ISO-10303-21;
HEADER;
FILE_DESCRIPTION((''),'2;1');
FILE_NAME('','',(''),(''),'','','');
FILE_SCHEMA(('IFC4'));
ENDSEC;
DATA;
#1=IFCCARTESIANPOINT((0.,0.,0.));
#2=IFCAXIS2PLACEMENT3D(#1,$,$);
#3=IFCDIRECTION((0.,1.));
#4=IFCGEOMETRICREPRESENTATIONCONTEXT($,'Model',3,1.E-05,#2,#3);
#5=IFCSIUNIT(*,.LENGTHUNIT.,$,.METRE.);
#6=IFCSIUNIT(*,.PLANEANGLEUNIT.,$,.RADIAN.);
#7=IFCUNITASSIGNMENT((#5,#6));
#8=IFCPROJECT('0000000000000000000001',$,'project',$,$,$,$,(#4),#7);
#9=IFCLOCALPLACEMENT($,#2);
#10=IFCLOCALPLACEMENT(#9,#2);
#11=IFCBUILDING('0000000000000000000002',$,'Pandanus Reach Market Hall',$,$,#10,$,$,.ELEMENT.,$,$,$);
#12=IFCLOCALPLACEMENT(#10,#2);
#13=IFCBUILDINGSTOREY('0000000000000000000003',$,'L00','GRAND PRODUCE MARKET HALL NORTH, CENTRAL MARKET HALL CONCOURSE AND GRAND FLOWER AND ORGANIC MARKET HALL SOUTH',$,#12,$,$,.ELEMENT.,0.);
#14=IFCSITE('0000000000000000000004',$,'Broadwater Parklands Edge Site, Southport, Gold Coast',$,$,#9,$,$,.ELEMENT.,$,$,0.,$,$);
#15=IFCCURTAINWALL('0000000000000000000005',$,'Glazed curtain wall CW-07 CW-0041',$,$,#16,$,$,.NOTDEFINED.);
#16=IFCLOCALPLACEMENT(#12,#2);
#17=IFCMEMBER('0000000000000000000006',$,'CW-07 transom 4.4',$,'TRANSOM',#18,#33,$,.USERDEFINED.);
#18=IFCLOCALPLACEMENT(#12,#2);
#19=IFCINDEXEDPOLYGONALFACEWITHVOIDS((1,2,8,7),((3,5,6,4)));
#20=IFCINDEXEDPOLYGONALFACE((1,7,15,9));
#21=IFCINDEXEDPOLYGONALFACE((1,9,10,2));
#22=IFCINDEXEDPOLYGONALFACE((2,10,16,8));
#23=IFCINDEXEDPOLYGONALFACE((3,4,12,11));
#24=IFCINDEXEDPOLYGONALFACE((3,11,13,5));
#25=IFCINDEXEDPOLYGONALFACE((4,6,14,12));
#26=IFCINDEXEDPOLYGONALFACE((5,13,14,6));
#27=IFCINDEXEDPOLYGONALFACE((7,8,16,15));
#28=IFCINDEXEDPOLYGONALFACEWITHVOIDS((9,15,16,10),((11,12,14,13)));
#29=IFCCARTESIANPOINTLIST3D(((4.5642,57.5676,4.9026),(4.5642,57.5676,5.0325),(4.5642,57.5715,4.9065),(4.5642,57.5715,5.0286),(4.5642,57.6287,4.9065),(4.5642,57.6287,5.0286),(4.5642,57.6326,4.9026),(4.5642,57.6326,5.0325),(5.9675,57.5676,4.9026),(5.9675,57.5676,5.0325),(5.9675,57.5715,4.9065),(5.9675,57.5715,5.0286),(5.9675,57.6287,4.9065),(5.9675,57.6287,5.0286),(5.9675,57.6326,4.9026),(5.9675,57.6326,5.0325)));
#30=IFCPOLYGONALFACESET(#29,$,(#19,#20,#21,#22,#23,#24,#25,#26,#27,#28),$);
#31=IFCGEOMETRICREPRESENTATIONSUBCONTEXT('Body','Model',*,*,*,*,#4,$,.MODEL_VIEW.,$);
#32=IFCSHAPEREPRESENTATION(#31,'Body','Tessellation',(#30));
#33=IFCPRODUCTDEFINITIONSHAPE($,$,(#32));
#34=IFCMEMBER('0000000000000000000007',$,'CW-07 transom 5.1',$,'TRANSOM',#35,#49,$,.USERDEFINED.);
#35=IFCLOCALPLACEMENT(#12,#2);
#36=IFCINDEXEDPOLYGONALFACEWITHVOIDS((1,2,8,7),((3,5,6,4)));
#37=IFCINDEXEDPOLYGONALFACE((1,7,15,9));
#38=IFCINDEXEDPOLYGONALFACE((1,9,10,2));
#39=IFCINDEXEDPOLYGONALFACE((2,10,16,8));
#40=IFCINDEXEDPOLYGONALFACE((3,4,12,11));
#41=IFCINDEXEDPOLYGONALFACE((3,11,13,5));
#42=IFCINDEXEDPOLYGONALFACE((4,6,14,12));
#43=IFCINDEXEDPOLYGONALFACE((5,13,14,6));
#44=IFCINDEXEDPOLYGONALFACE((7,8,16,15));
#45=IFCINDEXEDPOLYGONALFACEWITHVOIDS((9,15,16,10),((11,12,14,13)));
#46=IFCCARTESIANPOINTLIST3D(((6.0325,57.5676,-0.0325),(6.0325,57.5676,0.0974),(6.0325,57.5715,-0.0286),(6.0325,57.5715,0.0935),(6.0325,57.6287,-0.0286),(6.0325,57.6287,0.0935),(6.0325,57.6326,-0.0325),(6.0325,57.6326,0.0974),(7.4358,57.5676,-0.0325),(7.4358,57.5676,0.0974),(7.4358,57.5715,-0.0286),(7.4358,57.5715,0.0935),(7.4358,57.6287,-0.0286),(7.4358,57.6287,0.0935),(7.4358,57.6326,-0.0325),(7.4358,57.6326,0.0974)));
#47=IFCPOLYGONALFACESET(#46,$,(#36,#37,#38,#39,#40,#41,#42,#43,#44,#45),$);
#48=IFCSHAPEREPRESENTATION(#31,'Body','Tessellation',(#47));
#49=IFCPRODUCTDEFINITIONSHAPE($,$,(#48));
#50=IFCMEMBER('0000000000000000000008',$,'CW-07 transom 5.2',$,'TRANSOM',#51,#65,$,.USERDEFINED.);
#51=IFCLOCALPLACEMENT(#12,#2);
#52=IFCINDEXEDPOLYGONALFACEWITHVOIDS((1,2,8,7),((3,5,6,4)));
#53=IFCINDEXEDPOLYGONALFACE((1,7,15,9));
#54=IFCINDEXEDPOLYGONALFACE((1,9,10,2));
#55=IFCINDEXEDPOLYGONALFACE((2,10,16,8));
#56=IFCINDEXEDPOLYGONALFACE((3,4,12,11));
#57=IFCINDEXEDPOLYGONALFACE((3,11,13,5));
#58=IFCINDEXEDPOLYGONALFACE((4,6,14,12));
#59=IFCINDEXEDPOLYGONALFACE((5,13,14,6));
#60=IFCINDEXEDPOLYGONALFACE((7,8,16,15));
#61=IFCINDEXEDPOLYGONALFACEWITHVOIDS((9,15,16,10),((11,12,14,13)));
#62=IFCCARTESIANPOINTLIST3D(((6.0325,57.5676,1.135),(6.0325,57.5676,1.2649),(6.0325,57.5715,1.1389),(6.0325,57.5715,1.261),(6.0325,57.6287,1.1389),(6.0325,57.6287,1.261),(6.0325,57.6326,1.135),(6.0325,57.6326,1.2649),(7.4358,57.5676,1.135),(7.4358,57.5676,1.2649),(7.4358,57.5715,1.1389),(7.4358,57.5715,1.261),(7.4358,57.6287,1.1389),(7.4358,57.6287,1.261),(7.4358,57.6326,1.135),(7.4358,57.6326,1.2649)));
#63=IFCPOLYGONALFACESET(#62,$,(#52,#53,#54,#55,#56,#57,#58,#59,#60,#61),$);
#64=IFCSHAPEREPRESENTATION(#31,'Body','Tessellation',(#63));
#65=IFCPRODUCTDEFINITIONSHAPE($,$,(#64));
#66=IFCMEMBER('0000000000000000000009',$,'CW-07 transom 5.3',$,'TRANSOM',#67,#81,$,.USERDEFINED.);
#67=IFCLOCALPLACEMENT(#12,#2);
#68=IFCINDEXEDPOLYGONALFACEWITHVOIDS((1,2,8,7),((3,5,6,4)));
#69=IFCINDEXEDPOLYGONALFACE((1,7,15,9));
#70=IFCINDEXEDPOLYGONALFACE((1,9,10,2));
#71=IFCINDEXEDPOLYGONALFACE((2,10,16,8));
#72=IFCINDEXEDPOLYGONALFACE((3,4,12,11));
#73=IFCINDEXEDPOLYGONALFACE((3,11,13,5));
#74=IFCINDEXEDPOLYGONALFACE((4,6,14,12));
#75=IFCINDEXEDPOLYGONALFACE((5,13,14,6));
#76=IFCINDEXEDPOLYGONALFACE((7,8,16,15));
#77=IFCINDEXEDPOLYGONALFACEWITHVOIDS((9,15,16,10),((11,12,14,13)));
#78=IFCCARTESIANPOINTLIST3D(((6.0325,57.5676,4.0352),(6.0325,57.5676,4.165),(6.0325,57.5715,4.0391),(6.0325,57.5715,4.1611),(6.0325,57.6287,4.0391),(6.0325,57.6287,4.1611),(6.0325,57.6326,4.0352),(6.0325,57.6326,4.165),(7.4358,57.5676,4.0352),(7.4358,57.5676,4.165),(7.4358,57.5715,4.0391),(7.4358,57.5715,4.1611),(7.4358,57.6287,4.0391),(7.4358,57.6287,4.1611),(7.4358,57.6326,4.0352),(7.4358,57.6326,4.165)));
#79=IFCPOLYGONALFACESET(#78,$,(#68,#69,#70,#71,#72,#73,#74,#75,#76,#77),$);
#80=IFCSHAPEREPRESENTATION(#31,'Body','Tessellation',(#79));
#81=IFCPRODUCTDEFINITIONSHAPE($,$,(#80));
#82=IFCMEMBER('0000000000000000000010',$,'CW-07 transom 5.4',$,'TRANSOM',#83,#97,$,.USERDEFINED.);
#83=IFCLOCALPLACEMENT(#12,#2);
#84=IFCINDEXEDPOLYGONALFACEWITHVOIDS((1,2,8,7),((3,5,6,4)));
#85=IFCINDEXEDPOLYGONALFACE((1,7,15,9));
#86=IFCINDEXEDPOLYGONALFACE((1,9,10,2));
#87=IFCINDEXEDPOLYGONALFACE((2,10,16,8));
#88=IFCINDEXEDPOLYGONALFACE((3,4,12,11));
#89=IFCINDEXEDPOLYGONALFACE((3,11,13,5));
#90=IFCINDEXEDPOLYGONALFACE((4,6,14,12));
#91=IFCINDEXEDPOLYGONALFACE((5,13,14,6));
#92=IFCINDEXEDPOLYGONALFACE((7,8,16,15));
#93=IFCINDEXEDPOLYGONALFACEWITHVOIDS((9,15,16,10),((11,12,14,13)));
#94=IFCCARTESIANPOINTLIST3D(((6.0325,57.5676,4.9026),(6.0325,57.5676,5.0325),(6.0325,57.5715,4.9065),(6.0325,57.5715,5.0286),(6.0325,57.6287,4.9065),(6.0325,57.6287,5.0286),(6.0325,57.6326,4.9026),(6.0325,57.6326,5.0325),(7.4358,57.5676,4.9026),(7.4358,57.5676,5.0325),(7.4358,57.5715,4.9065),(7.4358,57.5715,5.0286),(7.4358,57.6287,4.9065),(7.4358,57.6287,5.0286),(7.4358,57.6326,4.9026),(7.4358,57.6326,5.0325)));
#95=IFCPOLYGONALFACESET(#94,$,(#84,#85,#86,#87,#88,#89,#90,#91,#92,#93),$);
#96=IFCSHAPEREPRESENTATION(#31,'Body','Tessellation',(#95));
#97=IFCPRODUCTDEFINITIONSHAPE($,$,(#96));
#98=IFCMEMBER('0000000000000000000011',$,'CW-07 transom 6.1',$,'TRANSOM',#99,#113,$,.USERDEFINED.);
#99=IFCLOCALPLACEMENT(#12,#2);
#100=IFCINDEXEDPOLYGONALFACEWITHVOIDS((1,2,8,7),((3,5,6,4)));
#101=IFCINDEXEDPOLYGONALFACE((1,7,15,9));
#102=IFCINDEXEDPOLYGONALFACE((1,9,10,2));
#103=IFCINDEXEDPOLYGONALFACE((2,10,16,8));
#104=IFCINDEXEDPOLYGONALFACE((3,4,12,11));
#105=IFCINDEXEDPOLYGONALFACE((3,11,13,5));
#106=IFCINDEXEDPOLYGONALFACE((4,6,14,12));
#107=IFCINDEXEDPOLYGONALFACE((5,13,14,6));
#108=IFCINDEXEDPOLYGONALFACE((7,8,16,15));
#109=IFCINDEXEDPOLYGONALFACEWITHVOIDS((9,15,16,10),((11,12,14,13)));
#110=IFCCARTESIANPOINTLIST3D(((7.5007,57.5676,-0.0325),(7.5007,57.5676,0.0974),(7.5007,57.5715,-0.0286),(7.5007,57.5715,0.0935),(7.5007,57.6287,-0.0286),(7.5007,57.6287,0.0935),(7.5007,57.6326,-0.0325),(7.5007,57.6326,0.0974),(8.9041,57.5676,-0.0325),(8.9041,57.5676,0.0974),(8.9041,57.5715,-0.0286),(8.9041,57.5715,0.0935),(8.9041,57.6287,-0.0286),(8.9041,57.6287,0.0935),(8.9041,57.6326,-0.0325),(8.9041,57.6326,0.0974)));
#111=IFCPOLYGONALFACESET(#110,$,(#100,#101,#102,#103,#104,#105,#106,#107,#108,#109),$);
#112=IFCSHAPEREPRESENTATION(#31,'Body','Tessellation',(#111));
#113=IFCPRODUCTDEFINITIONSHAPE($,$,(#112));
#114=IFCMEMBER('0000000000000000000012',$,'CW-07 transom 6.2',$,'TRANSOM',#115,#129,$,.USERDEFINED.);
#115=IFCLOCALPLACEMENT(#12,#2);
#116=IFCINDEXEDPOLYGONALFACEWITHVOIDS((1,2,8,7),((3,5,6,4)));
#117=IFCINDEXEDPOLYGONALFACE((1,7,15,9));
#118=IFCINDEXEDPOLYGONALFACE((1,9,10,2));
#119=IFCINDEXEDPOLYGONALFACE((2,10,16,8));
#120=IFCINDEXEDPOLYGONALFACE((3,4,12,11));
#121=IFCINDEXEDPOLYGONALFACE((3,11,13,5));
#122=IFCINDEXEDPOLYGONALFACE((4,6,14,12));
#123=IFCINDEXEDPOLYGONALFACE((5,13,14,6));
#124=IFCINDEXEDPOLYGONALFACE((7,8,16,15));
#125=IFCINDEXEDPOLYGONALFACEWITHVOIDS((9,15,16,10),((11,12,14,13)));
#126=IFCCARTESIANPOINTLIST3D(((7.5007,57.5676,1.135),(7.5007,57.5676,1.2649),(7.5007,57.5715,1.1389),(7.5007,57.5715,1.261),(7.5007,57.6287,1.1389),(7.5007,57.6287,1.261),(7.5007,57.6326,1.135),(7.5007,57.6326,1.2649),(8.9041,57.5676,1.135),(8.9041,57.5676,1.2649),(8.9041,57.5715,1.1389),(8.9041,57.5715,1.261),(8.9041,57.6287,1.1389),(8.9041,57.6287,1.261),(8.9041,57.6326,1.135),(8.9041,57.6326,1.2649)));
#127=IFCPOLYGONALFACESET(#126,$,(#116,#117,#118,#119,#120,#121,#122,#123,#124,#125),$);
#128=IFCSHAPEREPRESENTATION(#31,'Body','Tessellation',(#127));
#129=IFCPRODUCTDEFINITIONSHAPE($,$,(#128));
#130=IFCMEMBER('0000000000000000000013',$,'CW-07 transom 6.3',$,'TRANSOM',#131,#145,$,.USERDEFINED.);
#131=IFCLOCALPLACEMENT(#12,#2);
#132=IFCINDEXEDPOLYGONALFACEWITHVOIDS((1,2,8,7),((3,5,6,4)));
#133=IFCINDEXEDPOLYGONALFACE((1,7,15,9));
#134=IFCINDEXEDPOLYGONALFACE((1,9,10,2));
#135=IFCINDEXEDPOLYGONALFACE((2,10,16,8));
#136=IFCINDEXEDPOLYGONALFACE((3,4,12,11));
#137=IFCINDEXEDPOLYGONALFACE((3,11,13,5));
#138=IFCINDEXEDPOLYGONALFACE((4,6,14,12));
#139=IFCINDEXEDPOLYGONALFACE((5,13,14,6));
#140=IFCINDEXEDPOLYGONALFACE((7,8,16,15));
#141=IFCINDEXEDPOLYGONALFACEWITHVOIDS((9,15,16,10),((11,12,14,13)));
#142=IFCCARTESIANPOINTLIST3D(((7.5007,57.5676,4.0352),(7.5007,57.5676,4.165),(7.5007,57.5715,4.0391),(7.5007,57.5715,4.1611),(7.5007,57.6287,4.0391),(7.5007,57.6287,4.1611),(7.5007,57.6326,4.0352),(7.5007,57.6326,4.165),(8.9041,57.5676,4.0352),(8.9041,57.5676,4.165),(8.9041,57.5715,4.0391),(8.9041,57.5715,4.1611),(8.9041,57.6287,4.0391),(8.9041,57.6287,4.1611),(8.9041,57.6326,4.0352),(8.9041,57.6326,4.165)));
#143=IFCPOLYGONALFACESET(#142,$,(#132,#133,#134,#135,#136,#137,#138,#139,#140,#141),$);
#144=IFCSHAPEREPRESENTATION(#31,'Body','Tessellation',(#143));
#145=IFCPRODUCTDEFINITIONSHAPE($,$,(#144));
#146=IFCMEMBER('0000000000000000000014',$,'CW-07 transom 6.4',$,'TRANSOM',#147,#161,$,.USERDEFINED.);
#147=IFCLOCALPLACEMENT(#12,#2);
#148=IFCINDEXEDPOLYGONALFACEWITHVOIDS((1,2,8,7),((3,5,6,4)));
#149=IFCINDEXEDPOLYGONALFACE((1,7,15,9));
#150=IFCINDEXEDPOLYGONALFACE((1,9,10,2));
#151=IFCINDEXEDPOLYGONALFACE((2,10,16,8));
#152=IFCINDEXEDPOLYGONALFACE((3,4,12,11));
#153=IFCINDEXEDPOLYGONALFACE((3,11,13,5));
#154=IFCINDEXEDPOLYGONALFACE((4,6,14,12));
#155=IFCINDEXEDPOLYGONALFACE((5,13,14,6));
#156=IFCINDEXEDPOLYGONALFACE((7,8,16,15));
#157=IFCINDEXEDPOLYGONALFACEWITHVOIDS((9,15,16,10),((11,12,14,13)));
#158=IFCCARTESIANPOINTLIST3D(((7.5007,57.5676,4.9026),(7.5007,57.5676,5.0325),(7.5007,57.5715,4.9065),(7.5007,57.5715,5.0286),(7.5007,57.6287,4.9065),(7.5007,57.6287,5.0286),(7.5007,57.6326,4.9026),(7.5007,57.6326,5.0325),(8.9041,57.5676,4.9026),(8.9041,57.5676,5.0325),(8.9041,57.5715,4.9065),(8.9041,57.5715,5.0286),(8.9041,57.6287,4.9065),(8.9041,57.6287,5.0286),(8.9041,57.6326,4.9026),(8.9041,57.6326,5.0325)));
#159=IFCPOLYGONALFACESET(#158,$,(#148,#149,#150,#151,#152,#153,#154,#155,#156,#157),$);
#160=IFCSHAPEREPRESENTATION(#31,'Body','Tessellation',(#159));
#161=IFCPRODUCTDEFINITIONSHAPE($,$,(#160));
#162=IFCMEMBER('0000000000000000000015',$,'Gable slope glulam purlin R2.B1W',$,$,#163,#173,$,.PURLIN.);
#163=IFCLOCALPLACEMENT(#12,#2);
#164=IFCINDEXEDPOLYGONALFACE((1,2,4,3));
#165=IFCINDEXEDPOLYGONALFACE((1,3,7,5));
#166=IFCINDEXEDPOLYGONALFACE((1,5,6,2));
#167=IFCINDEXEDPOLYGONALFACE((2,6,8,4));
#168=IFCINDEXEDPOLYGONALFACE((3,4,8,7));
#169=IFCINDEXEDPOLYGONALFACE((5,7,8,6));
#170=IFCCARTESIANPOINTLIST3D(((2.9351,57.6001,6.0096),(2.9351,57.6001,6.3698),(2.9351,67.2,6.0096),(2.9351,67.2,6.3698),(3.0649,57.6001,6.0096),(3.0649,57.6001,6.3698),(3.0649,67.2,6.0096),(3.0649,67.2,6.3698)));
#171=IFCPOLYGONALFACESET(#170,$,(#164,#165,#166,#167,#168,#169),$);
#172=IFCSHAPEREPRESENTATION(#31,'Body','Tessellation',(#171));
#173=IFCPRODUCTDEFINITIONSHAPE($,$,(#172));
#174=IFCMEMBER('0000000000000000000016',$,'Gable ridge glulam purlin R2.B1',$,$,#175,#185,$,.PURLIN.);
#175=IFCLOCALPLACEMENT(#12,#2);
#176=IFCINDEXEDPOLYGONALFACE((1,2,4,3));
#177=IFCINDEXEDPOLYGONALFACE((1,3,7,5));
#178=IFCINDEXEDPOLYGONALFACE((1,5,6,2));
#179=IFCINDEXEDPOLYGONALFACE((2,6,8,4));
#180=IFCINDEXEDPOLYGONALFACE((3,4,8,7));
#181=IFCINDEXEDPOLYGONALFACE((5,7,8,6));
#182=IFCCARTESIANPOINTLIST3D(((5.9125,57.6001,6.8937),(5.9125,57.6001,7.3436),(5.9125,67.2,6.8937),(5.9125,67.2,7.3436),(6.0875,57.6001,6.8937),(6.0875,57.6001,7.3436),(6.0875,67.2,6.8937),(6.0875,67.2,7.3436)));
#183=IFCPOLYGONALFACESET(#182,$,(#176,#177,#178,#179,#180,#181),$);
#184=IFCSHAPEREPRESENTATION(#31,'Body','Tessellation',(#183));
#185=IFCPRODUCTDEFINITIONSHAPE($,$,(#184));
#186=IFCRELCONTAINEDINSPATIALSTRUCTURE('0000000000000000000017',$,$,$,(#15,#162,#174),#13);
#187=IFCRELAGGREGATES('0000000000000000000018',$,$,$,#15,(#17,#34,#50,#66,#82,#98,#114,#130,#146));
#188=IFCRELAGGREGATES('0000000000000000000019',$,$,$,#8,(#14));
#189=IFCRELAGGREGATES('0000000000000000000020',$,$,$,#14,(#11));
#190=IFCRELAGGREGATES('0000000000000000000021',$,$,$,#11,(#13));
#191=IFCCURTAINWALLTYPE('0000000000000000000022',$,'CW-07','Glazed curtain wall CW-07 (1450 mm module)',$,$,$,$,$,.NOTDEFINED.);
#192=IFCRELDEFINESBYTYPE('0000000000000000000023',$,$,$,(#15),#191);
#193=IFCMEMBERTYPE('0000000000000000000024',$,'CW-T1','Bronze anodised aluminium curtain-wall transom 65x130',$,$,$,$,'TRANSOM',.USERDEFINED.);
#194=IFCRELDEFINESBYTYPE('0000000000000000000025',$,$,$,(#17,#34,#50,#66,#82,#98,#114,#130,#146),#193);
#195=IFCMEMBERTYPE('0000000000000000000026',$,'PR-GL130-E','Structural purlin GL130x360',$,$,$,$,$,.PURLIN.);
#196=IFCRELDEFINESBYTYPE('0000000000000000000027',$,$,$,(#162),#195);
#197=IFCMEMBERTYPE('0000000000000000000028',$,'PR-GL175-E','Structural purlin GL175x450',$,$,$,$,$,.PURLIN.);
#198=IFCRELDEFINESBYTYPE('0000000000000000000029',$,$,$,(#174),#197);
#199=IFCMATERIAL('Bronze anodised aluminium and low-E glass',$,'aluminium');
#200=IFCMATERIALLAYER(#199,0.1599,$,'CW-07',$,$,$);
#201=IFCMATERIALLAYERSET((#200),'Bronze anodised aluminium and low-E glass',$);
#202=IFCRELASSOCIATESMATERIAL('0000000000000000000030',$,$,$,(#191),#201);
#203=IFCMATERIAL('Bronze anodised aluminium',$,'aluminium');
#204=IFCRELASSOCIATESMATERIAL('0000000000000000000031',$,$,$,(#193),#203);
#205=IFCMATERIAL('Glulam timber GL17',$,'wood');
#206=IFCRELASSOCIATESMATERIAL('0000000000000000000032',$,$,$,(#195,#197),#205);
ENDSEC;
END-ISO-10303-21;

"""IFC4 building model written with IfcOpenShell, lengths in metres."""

from ifc_helpers import new_model, si_unit, direction, frame, origin, origin_2d, place, context, subcontext, project, spatial, rectangle, hollow_rectangle, extrude, material, layer, layer_set, material_profile, profile_set, type_object, element, aggregate, save


model = new_model("IFC4")

# Units and contexts
model_context = context("Model", 3, precision=1e-05, world=origin(), true_north=direction((0.0, 1.0)))
body_context = subcontext(model_context, "Body", "Model", "MODEL_VIEW")
ifc_project = project(units=[si_unit("LENGTHUNIT", "METRE"), si_unit("PLANEANGLEUNIT", "RADIAN")], contexts=[model_context])

# Site, building, storey
site_placement = place(None, origin())
site = spatial("IfcSite", under=ifc_project, at=site_placement, Name="Broadwater Parklands Edge Site, Southport, Gold Coast", CompositionType="ELEMENT", RefElevation=0.0)
building_placement = place(site_placement, origin())
building = spatial("IfcBuilding", under=site, at=building_placement, Name="Pandanus Reach Market Hall", CompositionType="ELEMENT")
storey_placement = place(building_placement, origin())
storey = spatial("IfcBuildingStorey", under=building, at=storey_placement, Name="L00", Description="GRAND PRODUCE MARKET HALL NORTH, CENTRAL MARKET HALL CONCOURSE AND GRAND FLOWER AND ORGANIC MARKET HALL SOUTH", CompositionType="ELEMENT", Elevation=0.0)

# Curtain wall, members
ifc_material_1 = material(Name="Bronze anodised aluminium and low-E glass", Category="aluminium")
ifc_layer_1 = layer(ifc_material_1, 0.1599, Name="CW-07")
ifc_layer_set_1 = layer_set([ifc_layer_1], Name="Bronze anodised aluminium and low-E glass")
curtain_wall_type = type_object("IfcCurtainWallType", Name="CW-07", Description="Glazed curtain wall CW-07 (1450 mm module)", PredefinedType="NOTDEFINED", material=ifc_layer_set_1)
curtain_wall_placement = place(storey_placement, origin())
curtain_wall = element("IfcCurtainWall", 1, at=curtain_wall_placement, inside=storey, type_object=curtain_wall_type, Name="Glazed curtain wall CW-07 CW-0041", PredefinedType="NOTDEFINED")
ifc_material_2 = material(Name="Bronze anodised aluminium", Category="aluminium")
ifc_material_profile_1 = material_profile(ifc_material_2, hollow_rectangle(XDim=0.0649, YDim=0.1299, WallThickness=0.0039, at=origin_2d()), Name="ALU65x130", Category="LoadBearing")
ifc_profile_set_1 = profile_set([ifc_material_profile_1], Name="Bronze anodised aluminium")
member_type_1 = type_object("IfcMemberType", Name="CW-T1", Description="Bronze anodised aluminium curtain-wall transom 65x130", ElementType="TRANSOM", PredefinedType="USERDEFINED", material=ifc_profile_set_1)
member_1_placement = place(storey_placement, frame((4.5642, 57.6001, 4.9675), z_axis=(1.0, 0.0, 0.0), x_axis=(0.0, 1.0, 0.0)))
member_1 = element("IfcMember", 2, at=member_1_placement, type_object=member_type_1, Name="CW-07 transom 4.4", ObjectType="TRANSOM", PredefinedType="USERDEFINED", context=body_context, shape_type="SweptSolid", body=[
    extrude(hollow_rectangle(XDim=0.0649, YDim=0.1299, WallThickness=0.0039, at=origin_2d()), origin(), (0.0, 0.0, 1.0), 1.4033),
])
member_2_placement = place(storey_placement, frame((6.0325, 57.6001, 0.0325), z_axis=(1.0, 0.0, 0.0), x_axis=(0.0, 1.0, 0.0)))
member_2 = element("IfcMember", 3, at=member_2_placement, type_object=member_type_1, Name="CW-07 transom 5.1", ObjectType="TRANSOM", PredefinedType="USERDEFINED", context=body_context, shape_type="SweptSolid", body=[
    extrude(hollow_rectangle(XDim=0.0649, YDim=0.1299, WallThickness=0.0039, at=origin_2d()), origin(), (0.0, 0.0, 1.0), 1.4033),
])
member_3_placement = place(storey_placement, frame((6.0325, 57.6001, 1.2), z_axis=(1.0, 0.0, 0.0), x_axis=(0.0, 1.0, 0.0)))
member_3 = element("IfcMember", 4, at=member_3_placement, type_object=member_type_1, Name="CW-07 transom 5.2", ObjectType="TRANSOM", PredefinedType="USERDEFINED", context=body_context, shape_type="SweptSolid", body=[
    extrude(hollow_rectangle(XDim=0.0649, YDim=0.1299, WallThickness=0.0039, at=origin_2d()), origin(), (0.0, 0.0, 1.0), 1.4033),
])
member_4_placement = place(storey_placement, frame((6.0325, 57.6001, 4.1001), z_axis=(1.0, 0.0, 0.0), x_axis=(0.0, 1.0, 0.0)))
member_4 = element("IfcMember", 5, at=member_4_placement, type_object=member_type_1, Name="CW-07 transom 5.3", ObjectType="TRANSOM", PredefinedType="USERDEFINED", context=body_context, shape_type="SweptSolid", body=[
    extrude(hollow_rectangle(XDim=0.0649, YDim=0.1299, WallThickness=0.0039, at=origin_2d()), origin(), (0.0, 0.0, 1.0), 1.4033),
])
member_5_placement = place(storey_placement, frame((6.0325, 57.6001, 4.9675), z_axis=(1.0, 0.0, 0.0), x_axis=(0.0, 1.0, 0.0)))
member_5 = element("IfcMember", 6, at=member_5_placement, type_object=member_type_1, Name="CW-07 transom 5.4", ObjectType="TRANSOM", PredefinedType="USERDEFINED", context=body_context, shape_type="SweptSolid", body=[
    extrude(hollow_rectangle(XDim=0.0649, YDim=0.1299, WallThickness=0.0039, at=origin_2d()), origin(), (0.0, 0.0, 1.0), 1.4033),
])
member_6_placement = place(storey_placement, frame((7.5007, 57.6001, 0.0325), z_axis=(1.0, 0.0, 0.0), x_axis=(0.0, 1.0, 0.0)))
member_6 = element("IfcMember", 7, at=member_6_placement, type_object=member_type_1, Name="CW-07 transom 6.1", ObjectType="TRANSOM", PredefinedType="USERDEFINED", context=body_context, shape_type="SweptSolid", body=[
    extrude(hollow_rectangle(XDim=0.0649, YDim=0.1299, WallThickness=0.0039, at=origin_2d()), origin(), (0.0, 0.0, 1.0), 1.4033),
])
member_7_placement = place(storey_placement, frame((7.5007, 57.6001, 1.2), z_axis=(1.0, 0.0, 0.0), x_axis=(0.0, 1.0, 0.0)))
member_7 = element("IfcMember", 8, at=member_7_placement, type_object=member_type_1, Name="CW-07 transom 6.2", ObjectType="TRANSOM", PredefinedType="USERDEFINED", context=body_context, shape_type="SweptSolid", body=[
    extrude(hollow_rectangle(XDim=0.0649, YDim=0.1299, WallThickness=0.0039, at=origin_2d()), origin(), (0.0, 0.0, 1.0), 1.4033),
])
member_8_placement = place(storey_placement, frame((7.5007, 57.6001, 4.1001), z_axis=(1.0, 0.0, 0.0), x_axis=(0.0, 1.0, 0.0)))
member_8 = element("IfcMember", 9, at=member_8_placement, type_object=member_type_1, Name="CW-07 transom 6.3", ObjectType="TRANSOM", PredefinedType="USERDEFINED", context=body_context, shape_type="SweptSolid", body=[
    extrude(hollow_rectangle(XDim=0.0649, YDim=0.1299, WallThickness=0.0039, at=origin_2d()), origin(), (0.0, 0.0, 1.0), 1.4033),
])
member_9_placement = place(storey_placement, frame((7.5007, 57.6001, 4.9675), z_axis=(1.0, 0.0, 0.0), x_axis=(0.0, 1.0, 0.0)))
member_9 = element("IfcMember", 10, at=member_9_placement, type_object=member_type_1, Name="CW-07 transom 6.4", ObjectType="TRANSOM", PredefinedType="USERDEFINED", context=body_context, shape_type="SweptSolid", body=[
    extrude(hollow_rectangle(XDim=0.0649, YDim=0.1299, WallThickness=0.0039, at=origin_2d()), origin(), (0.0, 0.0, 1.0), 1.4033),
])

# Members
ifc_material_3 = material(Name="Glulam timber GL17", Category="wood")
ifc_material_profile_2 = material_profile(ifc_material_3, rectangle(XDim=0.1299, YDim=0.3601, at=origin_2d()), Name="GL130x360", Category="LoadBearing")
ifc_profile_set_2 = profile_set([ifc_material_profile_2], Name="Glulam timber GL17")
member_type_2 = type_object("IfcMemberType", Name="PR-GL130-E", Description="Structural purlin GL130x360", PredefinedType="PURLIN", material=ifc_profile_set_2)
member_10_placement = place(storey_placement, frame((3.0, 57.6001, 6.1897), z_axis=(0.0, 1.0, 0.0), x_axis=(-1.0, 0.0, 0.0)))
element("IfcMember", 11, at=member_10_placement, inside=storey, type_object=member_type_2, Name="Gable slope glulam purlin R2.B1W", PredefinedType="PURLIN", context=body_context, shape_type="SweptSolid", body=[
    extrude(rectangle(XDim=0.1299, YDim=0.3601, at=origin_2d()), origin(), (0.0, 0.0, 1.0), 9.5999),
])
ifc_material_profile_3 = material_profile(ifc_material_3, rectangle(XDim=0.175, YDim=0.45, at=origin_2d()), Name="GL175x450", Category="LoadBearing")
ifc_profile_set_3 = profile_set([ifc_material_profile_3], Name="Glulam timber GL17")
member_type_3 = type_object("IfcMemberType", Name="PR-GL175-E", Description="Structural purlin GL175x450", PredefinedType="PURLIN", material=ifc_profile_set_3)
member_11_placement = place(storey_placement, frame((6.0, 57.6001, 7.1187), z_axis=(0.0, 1.0, 0.0), x_axis=(-1.0, 0.0, 0.0)))
element("IfcMember", 12, at=member_11_placement, inside=storey, type_object=member_type_3, Name="Gable ridge glulam purlin R2.B1", PredefinedType="PURLIN", context=body_context, shape_type="SweptSolid", body=[
    extrude(rectangle(XDim=0.175, YDim=0.45, at=origin_2d()), origin(), (0.0, 0.0, 1.0), 9.5999),
])

aggregate(curtain_wall, [member_1, member_2, member_3, member_4, member_5, member_6, member_7, member_8, member_9])

save(model, "model.ifc")
